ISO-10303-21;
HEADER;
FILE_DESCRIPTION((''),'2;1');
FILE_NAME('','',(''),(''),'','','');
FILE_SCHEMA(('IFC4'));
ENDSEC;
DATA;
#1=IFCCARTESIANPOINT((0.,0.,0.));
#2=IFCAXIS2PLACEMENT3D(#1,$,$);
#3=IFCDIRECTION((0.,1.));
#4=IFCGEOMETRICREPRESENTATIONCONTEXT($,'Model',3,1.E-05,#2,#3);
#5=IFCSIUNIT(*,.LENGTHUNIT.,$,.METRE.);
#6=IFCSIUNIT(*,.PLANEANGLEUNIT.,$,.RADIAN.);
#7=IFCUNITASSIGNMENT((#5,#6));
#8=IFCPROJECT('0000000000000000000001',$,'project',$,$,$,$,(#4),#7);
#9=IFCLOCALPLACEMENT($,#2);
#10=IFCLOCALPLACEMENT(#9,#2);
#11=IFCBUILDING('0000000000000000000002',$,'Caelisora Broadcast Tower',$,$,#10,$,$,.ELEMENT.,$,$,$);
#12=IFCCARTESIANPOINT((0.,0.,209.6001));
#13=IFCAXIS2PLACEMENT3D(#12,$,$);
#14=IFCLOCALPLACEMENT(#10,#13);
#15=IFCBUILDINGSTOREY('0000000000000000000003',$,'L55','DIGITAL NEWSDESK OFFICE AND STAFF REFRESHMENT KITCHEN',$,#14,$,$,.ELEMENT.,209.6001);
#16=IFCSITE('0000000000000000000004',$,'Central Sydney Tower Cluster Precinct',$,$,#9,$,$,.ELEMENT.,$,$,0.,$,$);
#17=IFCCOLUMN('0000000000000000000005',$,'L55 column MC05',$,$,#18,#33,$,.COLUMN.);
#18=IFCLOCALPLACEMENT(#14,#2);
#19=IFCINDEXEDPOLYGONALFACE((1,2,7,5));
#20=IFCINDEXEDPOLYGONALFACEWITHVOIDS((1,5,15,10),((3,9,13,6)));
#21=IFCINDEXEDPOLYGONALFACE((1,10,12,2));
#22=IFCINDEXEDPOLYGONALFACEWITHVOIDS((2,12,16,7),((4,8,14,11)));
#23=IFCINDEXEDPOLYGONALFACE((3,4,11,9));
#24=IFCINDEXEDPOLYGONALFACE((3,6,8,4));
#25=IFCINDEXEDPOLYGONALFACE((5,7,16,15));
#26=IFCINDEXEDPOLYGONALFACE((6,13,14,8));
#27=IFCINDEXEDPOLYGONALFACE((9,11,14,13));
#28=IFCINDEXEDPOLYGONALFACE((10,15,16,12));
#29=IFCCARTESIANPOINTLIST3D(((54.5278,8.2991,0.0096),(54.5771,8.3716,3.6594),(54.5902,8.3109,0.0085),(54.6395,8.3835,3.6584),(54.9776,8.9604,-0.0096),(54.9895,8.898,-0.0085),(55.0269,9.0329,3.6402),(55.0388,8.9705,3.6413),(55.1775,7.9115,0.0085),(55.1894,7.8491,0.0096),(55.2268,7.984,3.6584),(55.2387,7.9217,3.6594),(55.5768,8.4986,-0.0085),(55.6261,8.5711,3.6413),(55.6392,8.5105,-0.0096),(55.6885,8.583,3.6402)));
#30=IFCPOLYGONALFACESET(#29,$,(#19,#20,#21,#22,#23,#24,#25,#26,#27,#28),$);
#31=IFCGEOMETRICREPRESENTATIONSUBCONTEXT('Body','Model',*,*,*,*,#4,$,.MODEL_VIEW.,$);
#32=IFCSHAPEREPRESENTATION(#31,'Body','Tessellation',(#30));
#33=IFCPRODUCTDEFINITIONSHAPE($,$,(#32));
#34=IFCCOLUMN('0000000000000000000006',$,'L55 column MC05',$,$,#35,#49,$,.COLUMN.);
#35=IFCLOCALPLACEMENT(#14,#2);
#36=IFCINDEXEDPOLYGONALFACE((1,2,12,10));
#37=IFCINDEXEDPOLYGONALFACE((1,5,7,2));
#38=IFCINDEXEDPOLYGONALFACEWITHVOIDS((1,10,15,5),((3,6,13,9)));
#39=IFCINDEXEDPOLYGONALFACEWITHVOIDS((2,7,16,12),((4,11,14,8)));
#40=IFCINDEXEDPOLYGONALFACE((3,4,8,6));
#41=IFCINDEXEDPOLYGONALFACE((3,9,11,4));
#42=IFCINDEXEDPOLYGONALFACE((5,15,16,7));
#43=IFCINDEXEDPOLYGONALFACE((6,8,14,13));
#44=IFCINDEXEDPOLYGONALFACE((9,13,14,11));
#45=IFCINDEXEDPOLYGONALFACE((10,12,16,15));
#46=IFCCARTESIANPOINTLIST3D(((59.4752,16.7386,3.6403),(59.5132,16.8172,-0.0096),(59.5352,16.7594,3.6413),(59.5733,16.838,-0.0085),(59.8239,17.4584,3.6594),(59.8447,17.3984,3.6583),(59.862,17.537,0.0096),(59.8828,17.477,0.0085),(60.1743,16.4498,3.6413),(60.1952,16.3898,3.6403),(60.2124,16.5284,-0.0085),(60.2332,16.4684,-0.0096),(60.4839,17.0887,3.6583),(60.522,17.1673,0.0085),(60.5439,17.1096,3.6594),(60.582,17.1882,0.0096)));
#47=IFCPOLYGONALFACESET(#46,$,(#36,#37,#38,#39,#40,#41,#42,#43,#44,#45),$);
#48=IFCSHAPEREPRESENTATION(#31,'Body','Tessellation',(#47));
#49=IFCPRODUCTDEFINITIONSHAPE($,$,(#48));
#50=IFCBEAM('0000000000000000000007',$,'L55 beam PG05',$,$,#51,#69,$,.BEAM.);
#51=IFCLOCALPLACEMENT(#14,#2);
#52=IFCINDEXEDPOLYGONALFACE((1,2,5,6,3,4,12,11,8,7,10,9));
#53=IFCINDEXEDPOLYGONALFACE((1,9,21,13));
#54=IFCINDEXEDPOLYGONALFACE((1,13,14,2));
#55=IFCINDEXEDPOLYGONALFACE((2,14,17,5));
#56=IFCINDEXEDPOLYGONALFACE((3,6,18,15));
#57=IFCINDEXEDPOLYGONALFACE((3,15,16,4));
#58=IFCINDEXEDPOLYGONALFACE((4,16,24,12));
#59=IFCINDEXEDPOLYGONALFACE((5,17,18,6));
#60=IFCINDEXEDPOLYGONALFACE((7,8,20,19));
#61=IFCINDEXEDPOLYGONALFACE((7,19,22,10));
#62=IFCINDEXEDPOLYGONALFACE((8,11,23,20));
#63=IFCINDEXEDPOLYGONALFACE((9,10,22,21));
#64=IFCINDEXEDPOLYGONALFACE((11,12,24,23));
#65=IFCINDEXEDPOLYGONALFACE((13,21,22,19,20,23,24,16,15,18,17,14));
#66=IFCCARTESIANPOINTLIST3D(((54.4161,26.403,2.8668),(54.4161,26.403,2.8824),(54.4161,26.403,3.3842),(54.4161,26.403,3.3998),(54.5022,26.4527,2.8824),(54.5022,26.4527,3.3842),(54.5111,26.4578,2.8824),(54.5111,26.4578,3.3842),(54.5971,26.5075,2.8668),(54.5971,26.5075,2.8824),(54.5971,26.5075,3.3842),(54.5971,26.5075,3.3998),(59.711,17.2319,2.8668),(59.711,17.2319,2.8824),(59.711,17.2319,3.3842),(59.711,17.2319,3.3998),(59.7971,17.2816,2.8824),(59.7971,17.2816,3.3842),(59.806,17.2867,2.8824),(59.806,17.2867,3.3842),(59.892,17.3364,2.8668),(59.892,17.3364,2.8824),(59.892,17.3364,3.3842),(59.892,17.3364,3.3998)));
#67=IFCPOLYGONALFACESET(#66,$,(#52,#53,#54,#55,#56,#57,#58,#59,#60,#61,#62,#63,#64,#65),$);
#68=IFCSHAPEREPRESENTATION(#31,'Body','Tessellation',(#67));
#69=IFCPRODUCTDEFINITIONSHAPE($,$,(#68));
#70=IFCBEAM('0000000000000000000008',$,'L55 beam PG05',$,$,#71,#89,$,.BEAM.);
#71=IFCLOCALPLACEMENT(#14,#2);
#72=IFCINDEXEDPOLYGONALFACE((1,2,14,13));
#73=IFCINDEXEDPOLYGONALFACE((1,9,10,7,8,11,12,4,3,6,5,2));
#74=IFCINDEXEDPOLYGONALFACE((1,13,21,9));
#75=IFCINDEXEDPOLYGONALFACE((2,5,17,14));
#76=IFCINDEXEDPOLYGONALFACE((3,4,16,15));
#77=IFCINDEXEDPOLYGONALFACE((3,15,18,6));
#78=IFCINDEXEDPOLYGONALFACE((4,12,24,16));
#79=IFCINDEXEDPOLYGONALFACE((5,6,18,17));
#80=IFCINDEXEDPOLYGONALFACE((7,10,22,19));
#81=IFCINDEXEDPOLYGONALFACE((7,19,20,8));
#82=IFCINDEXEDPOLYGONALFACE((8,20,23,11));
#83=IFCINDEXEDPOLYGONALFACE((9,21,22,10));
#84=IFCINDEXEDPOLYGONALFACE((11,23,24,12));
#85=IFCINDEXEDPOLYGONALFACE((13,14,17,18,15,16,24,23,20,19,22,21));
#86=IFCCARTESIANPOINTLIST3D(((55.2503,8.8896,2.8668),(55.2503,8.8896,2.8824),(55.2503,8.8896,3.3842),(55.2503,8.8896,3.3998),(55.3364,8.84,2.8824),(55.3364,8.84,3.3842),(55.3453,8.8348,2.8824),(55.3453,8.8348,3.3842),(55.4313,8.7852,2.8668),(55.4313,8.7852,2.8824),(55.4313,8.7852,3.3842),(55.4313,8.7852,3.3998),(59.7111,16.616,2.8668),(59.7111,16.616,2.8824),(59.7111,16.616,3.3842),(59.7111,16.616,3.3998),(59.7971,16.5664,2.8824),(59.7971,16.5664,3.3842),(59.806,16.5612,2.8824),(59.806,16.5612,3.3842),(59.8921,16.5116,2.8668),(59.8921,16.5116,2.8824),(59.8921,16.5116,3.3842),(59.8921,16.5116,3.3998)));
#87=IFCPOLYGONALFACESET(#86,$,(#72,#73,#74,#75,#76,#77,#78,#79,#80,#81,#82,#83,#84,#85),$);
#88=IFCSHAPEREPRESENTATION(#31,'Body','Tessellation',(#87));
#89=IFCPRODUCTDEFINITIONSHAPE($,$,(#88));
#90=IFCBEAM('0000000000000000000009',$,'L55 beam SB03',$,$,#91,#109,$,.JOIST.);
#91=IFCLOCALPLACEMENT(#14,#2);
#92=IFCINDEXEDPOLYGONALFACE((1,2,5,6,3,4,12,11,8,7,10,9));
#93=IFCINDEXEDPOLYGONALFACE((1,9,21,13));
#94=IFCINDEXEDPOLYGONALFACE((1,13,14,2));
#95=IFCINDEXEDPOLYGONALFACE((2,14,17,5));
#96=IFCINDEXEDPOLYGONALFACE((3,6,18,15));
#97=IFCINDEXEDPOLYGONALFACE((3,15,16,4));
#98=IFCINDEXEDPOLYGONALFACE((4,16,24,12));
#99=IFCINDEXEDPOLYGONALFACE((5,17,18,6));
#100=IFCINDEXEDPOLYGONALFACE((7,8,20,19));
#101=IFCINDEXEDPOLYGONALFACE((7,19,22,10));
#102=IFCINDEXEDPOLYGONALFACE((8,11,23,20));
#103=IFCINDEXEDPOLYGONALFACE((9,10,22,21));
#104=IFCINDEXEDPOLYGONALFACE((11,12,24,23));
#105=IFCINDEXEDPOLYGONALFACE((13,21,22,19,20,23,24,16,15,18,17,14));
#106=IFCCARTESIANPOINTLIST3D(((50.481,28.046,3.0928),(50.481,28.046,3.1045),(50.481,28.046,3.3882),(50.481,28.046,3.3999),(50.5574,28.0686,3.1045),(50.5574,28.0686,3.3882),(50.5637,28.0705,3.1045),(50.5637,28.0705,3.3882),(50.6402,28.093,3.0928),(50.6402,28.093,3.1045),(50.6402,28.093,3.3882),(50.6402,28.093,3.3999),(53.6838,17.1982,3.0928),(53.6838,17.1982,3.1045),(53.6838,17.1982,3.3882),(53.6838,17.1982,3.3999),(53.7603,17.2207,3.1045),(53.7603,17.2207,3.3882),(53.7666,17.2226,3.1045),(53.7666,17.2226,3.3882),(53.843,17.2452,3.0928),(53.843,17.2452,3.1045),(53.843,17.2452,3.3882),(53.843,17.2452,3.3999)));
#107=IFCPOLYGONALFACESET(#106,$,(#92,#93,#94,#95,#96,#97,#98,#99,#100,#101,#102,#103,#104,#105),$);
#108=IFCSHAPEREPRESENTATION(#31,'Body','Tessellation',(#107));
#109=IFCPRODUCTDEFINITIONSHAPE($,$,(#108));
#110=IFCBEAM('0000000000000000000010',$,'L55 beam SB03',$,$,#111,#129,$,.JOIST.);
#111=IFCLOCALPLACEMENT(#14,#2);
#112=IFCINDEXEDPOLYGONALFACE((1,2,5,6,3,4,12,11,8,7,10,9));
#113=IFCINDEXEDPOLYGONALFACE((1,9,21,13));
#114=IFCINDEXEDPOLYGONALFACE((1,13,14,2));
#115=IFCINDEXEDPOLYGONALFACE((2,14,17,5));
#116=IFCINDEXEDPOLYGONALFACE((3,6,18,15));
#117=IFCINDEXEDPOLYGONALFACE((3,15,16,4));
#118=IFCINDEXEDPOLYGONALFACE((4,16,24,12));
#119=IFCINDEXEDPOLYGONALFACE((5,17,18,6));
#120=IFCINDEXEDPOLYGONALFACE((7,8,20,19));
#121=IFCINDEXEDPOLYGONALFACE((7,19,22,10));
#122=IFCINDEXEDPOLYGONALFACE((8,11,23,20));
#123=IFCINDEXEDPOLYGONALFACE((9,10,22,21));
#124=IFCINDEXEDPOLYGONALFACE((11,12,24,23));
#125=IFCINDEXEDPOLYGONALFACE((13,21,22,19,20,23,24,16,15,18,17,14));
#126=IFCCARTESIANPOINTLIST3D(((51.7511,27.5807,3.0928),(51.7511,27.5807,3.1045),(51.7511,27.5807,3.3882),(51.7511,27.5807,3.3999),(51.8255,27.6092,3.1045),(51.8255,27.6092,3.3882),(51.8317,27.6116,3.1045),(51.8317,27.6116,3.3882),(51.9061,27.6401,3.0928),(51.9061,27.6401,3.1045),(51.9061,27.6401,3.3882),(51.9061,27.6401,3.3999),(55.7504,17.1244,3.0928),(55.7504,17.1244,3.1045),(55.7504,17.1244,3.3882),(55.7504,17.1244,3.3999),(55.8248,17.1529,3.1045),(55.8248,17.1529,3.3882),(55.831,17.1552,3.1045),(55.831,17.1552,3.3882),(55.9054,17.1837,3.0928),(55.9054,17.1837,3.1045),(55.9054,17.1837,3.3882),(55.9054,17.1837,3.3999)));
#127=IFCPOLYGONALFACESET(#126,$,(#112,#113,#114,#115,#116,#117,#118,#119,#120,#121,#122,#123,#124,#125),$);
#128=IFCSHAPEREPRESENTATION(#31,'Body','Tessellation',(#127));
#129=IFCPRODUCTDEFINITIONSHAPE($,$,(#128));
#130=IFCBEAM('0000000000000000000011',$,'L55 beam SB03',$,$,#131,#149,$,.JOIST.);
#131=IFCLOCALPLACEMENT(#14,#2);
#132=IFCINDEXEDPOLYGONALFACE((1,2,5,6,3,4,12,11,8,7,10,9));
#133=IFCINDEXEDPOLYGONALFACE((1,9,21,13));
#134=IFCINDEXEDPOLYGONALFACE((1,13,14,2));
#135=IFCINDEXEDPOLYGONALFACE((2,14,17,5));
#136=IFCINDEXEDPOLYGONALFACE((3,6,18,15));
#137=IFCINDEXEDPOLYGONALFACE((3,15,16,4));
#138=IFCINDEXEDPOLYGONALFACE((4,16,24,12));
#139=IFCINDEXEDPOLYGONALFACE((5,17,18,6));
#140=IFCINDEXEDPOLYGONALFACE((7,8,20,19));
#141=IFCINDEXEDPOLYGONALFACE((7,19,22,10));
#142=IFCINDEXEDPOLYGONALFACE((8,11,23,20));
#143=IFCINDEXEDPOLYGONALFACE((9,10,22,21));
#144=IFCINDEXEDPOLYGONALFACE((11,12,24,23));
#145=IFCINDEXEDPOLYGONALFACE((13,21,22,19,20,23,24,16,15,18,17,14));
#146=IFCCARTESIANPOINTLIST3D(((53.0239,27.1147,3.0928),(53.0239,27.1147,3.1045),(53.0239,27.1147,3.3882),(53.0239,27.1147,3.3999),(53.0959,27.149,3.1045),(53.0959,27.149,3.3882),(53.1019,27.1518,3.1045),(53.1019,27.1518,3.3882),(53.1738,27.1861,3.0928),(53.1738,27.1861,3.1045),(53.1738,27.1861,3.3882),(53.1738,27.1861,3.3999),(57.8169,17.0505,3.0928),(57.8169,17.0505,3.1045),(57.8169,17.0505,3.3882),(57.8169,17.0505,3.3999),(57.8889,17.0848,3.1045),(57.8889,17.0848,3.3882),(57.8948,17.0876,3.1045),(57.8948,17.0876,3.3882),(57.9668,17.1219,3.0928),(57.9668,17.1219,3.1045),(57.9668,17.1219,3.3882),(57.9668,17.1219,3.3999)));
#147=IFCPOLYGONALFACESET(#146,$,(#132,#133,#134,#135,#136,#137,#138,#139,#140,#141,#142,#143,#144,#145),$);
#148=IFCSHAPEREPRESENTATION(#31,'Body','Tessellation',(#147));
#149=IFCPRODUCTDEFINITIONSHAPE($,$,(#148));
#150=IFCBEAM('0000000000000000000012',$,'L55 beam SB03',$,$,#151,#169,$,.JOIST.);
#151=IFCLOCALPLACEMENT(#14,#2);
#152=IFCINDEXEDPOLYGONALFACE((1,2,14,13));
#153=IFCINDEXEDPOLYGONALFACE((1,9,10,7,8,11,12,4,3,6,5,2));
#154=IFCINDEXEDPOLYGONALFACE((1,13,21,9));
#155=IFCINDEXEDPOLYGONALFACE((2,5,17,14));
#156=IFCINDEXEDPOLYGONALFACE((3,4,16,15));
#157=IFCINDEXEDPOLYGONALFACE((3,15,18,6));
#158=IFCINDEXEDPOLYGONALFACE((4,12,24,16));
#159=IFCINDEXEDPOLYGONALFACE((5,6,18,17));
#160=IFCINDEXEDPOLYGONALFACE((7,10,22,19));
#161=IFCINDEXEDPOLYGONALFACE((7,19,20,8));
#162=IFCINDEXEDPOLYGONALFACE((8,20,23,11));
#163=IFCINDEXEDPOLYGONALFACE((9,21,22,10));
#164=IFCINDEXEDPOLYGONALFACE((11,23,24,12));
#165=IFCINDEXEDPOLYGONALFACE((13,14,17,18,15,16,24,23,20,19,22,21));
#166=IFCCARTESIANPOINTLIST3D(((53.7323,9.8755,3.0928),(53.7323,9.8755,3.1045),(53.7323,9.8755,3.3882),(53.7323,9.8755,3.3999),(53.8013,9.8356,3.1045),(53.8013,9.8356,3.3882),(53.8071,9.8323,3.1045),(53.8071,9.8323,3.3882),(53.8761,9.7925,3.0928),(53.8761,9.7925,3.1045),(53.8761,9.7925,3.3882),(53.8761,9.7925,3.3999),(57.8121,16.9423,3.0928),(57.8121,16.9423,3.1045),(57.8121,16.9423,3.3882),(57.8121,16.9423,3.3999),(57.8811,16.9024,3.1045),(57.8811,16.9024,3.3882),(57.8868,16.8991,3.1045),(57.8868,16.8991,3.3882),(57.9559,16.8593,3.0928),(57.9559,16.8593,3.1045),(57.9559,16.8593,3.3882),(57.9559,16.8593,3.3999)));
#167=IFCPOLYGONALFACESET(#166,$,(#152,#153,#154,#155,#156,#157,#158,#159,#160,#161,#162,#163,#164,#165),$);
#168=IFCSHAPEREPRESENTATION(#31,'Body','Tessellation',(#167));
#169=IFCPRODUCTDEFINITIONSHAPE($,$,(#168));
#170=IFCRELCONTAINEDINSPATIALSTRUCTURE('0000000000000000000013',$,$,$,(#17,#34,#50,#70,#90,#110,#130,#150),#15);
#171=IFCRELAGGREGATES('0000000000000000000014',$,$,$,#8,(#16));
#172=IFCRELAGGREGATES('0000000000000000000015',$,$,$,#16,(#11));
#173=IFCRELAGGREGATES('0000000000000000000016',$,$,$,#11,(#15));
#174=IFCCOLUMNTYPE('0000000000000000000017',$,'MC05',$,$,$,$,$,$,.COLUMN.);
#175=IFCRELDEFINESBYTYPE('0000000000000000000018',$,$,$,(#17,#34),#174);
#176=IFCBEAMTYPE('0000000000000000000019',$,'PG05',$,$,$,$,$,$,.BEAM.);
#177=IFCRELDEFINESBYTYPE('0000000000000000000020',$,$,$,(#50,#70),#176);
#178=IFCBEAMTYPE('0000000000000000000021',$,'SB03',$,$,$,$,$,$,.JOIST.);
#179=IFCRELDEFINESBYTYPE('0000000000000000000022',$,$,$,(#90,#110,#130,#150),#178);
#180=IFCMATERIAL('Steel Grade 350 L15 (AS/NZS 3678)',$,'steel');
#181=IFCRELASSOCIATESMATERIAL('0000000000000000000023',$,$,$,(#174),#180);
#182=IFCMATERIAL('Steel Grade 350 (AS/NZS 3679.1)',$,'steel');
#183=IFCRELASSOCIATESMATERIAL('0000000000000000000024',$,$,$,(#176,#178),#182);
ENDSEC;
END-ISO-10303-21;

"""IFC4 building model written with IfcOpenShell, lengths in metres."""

from ifc_helpers import new_model, si_unit, direction, frame, origin, origin_2d, place, context, subcontext, project, spatial, hollow_rectangle, i_section, extrude, source, transform, mapped, material, material_profile, profile_set, type_object, type_shapes, element, save


model = new_model("IFC4")

# Units and contexts
model_context = context("Model", 3, precision=1e-05, world=origin(), true_north=direction((0.0, 1.0)))
body_context = subcontext(model_context, "Body", "Model", "MODEL_VIEW")
ifc_project = project(units=[si_unit("LENGTHUNIT", "METRE"), si_unit("PLANEANGLEUNIT", "RADIAN")], contexts=[model_context])

# Site, building, storey
site_placement = place(None, origin())
site = spatial("IfcSite", under=ifc_project, at=site_placement, Name="Central Sydney Tower Cluster Precinct", CompositionType="ELEMENT", RefElevation=0.0)
building_placement = place(site_placement, origin())
building = spatial("IfcBuilding", under=site, at=building_placement, Name="Caelisora Broadcast Tower", CompositionType="ELEMENT")
storey_placement = place(building_placement, frame((0.0, 0.0, 209.6001)))
storey = spatial("IfcBuildingStorey", under=building, at=storey_placement, Name="L55", Description="DIGITAL NEWSDESK OFFICE AND STAFF REFRESHMENT KITCHEN", CompositionType="ELEMENT", Elevation=209.6001)

# Columns
ifc_material_1 = material(Name="Steel Grade 350 L15 (AS/NZS 3678)", Category="steel")
ifc_material_profile_1 = material_profile(ifc_material_1, hollow_rectangle(XDim=0.8, YDim=0.8, WallThickness=0.0449, at=origin_2d()), Name="Steel Grade 350 L15 (AS/NZS 3678)")
ifc_profile_set_1 = profile_set([ifc_material_profile_1], Name="Steel Grade 350 L15 (AS/NZS 3678)")
column_type = type_object("IfcColumnType", Name="MC05", PredefinedType="COLUMN", material=ifc_profile_set_1)
shared_shape_1 = source(origin(), body_context, "Body", "SweptSolid", [
    extrude(hollow_rectangle(XDim=0.8, YDim=0.8, WallThickness=0.0449, at=origin_2d()), origin(), (0.0, 0.0, 1.0), 3.6509),
])
type_shapes(column_type, [shared_shape_1])
for number, where, z_axis, x_axis, name in (
    (1, (55.0835, 8.4048, 0.0), (0.013508, 0.01986, 0.999712), (-0.826875, 0.562386, 0.0), "L55 column MC05"),
    (2, (60.0476, 17.0027, 0.0), (-0.010432, -0.021532, 0.999714), (0.899947, -0.435999, 0.0), "L55 column MC05"),
):
    element("IfcColumn", number, at=place(storey_placement, frame(where, z_axis=z_axis, x_axis=x_axis)), inside=storey, type_object=column_type, Name=name, PredefinedType="COLUMN", context=body_context, shape_type="MappedRepresentation", body=[
        mapped(shared_shape_1, transform((0.0, 0.0, 0.0), scale=1.0)),
    ])

# Beams
ifc_material_2 = material(Name="Steel Grade 350 (AS/NZS 3679.1)", Category="steel")
ifc_material_profile_2 = material_profile(ifc_material_2, i_section(OverallWidth=0.209, OverallDepth=0.533, WebThickness=0.0103, FlangeThickness=0.0156, at=origin_2d()), Name="Steel Grade 350 (AS/NZS 3679.1)")
ifc_profile_set_2 = profile_set([ifc_material_profile_2], Name="Steel Grade 350 (AS/NZS 3679.1)")
beam_type_1 = type_object("IfcBeamType", Name="PG05", PredefinedType="BEAM", material=ifc_profile_set_2)
shared_shape_2 = source(origin(), body_context, "Body", "SweptSolid", [
    extrude(i_section(OverallWidth=0.209, OverallDepth=0.533, WebThickness=0.0103, FlangeThickness=0.0156, at=origin_2d()), origin(), (0.0, 0.0, 1.0), 10.5898),
])
beam_1_placement = place(storey_placement, frame((59.8015, 17.2842, 3.1333), z_axis=(-0.499997, 0.866027, 0.0), x_axis=(-0.866027, -0.499997, 0.0)))
element("IfcBeam", 3, at=beam_1_placement, inside=storey, type_object=beam_type_1, Name="L55 beam PG05", PredefinedType="BEAM", context=body_context, shape_type="MappedRepresentation", body=[
    mapped(shared_shape_2, transform((0.0, 0.0, 0.0), scale=1.0)),
])
shared_shape_3 = source(origin(), body_context, "Body", "SweptSolid", [
    extrude(i_section(OverallWidth=0.209, OverallDepth=0.533, WebThickness=0.0103, FlangeThickness=0.0156, at=origin_2d()), origin(), (0.0, 0.0, 1.0), 8.9216),
])
type_shapes(beam_type_1, [shared_shape_2, shared_shape_3])
beam_2_placement = place(storey_placement, frame((55.3408, 8.8374, 3.1333), z_axis=(0.499992, 0.86603, 0.0), x_axis=(-0.86603, 0.499992, 0.0)))
element("IfcBeam", 4, at=beam_2_placement, inside=storey, type_object=beam_type_1, Name="L55 beam PG05", PredefinedType="BEAM", context=body_context, shape_type="MappedRepresentation", body=[
    mapped(shared_shape_3, transform((0.0, 0.0, 0.0), scale=1.0)),
])
ifc_material_profile_3 = material_profile(ifc_material_2, i_section(OverallWidth=0.166, OverallDepth=0.3071, WebThickness=0.0066, FlangeThickness=0.0117, at=origin_2d()), Name="Steel Grade 350 (AS/NZS 3679.1)")
ifc_profile_set_3 = profile_set([ifc_material_profile_3], Name="Steel Grade 350 (AS/NZS 3679.1)")
beam_type_2 = type_object("IfcBeamType", Name="SB03", PredefinedType="JOIST", material=ifc_profile_set_3)
shared_shape_4 = source(origin(), body_context, "Body", "SweptSolid", [
    extrude(i_section(OverallWidth=0.166, OverallDepth=0.3071, WebThickness=0.0066, FlangeThickness=0.0117, at=origin_2d()), origin(), (0.0, 0.0, 1.0), 11.3108),
])
beam_3_placement = place(storey_placement, frame((53.7634, 17.2217, 3.2463), z_axis=(-0.283169, 0.95907, 0.0), x_axis=(-0.95907, -0.283169, 0.0)))
element("IfcBeam", 5, at=beam_3_placement, inside=storey, type_object=beam_type_2, Name="L55 beam SB03", PredefinedType="JOIST", context=body_context, shape_type="MappedRepresentation", body=[
    mapped(shared_shape_4, transform((0.0, 0.0, 0.0), scale=1.0)),
])
shared_shape_5 = source(origin(), body_context, "Body", "SweptSolid", [
    extrude(i_section(OverallWidth=0.166, OverallDepth=0.3071, WebThickness=0.0066, FlangeThickness=0.0117, at=origin_2d()), origin(), (0.0, 0.0, 1.0), 11.1951),
])
beam_4_placement = place(storey_placement, frame((55.8279, 17.1541, 3.2463), z_axis=(-0.357237, 0.934014, 0.0), x_axis=(-0.934014, -0.357237, 0.0)))
element("IfcBeam", 6, at=beam_4_placement, inside=storey, type_object=beam_type_2, Name="L55 beam SB03", PredefinedType="JOIST", context=body_context, shape_type="MappedRepresentation", body=[
    mapped(shared_shape_5, transform((0.0, 0.0, 0.0), scale=1.0)),
])
shared_shape_6 = source(origin(), body_context, "Body", "SweptSolid", [
    extrude(i_section(OverallWidth=0.166, OverallDepth=0.3071, WebThickness=0.0066, FlangeThickness=0.0117, at=origin_2d()), origin(), (0.0, 0.0, 1.0), 11.1472),
])
beam_5_placement = place(storey_placement, frame((57.8918, 17.0862, 3.2463), z_axis=(-0.429969, 0.902844, 0.0), x_axis=(-0.902844, -0.429969, 0.0)))
element("IfcBeam", 7, at=beam_5_placement, inside=storey, type_object=beam_type_2, Name="L55 beam SB03", PredefinedType="JOIST", context=body_context, shape_type="MappedRepresentation", body=[
    mapped(shared_shape_6, transform((0.0, 0.0, 0.0), scale=1.0)),
])
shared_shape_7 = source(origin(), body_context, "Body", "SweptSolid", [
    extrude(i_section(OverallWidth=0.166, OverallDepth=0.3071, WebThickness=0.0066, FlangeThickness=0.0117, at=origin_2d()), origin(), (0.0, 0.0, 1.0), 8.1599),
])
type_shapes(beam_type_2, [shared_shape_4, shared_shape_5, shared_shape_6, shared_shape_7])
beam_6_placement = place(storey_placement, frame((53.8042, 9.834, 3.2463), z_axis=(0.499978, 0.866038, 0.0), x_axis=(-0.866038, 0.499978, 0.0)))
element("IfcBeam", 8, at=beam_6_placement, inside=storey, type_object=beam_type_2, Name="L55 beam SB03", PredefinedType="JOIST", context=body_context, shape_type="MappedRepresentation", body=[
    mapped(shared_shape_7, transform((0.0, 0.0, 0.0), scale=1.0)),
])

save(model, "model.ifc")
